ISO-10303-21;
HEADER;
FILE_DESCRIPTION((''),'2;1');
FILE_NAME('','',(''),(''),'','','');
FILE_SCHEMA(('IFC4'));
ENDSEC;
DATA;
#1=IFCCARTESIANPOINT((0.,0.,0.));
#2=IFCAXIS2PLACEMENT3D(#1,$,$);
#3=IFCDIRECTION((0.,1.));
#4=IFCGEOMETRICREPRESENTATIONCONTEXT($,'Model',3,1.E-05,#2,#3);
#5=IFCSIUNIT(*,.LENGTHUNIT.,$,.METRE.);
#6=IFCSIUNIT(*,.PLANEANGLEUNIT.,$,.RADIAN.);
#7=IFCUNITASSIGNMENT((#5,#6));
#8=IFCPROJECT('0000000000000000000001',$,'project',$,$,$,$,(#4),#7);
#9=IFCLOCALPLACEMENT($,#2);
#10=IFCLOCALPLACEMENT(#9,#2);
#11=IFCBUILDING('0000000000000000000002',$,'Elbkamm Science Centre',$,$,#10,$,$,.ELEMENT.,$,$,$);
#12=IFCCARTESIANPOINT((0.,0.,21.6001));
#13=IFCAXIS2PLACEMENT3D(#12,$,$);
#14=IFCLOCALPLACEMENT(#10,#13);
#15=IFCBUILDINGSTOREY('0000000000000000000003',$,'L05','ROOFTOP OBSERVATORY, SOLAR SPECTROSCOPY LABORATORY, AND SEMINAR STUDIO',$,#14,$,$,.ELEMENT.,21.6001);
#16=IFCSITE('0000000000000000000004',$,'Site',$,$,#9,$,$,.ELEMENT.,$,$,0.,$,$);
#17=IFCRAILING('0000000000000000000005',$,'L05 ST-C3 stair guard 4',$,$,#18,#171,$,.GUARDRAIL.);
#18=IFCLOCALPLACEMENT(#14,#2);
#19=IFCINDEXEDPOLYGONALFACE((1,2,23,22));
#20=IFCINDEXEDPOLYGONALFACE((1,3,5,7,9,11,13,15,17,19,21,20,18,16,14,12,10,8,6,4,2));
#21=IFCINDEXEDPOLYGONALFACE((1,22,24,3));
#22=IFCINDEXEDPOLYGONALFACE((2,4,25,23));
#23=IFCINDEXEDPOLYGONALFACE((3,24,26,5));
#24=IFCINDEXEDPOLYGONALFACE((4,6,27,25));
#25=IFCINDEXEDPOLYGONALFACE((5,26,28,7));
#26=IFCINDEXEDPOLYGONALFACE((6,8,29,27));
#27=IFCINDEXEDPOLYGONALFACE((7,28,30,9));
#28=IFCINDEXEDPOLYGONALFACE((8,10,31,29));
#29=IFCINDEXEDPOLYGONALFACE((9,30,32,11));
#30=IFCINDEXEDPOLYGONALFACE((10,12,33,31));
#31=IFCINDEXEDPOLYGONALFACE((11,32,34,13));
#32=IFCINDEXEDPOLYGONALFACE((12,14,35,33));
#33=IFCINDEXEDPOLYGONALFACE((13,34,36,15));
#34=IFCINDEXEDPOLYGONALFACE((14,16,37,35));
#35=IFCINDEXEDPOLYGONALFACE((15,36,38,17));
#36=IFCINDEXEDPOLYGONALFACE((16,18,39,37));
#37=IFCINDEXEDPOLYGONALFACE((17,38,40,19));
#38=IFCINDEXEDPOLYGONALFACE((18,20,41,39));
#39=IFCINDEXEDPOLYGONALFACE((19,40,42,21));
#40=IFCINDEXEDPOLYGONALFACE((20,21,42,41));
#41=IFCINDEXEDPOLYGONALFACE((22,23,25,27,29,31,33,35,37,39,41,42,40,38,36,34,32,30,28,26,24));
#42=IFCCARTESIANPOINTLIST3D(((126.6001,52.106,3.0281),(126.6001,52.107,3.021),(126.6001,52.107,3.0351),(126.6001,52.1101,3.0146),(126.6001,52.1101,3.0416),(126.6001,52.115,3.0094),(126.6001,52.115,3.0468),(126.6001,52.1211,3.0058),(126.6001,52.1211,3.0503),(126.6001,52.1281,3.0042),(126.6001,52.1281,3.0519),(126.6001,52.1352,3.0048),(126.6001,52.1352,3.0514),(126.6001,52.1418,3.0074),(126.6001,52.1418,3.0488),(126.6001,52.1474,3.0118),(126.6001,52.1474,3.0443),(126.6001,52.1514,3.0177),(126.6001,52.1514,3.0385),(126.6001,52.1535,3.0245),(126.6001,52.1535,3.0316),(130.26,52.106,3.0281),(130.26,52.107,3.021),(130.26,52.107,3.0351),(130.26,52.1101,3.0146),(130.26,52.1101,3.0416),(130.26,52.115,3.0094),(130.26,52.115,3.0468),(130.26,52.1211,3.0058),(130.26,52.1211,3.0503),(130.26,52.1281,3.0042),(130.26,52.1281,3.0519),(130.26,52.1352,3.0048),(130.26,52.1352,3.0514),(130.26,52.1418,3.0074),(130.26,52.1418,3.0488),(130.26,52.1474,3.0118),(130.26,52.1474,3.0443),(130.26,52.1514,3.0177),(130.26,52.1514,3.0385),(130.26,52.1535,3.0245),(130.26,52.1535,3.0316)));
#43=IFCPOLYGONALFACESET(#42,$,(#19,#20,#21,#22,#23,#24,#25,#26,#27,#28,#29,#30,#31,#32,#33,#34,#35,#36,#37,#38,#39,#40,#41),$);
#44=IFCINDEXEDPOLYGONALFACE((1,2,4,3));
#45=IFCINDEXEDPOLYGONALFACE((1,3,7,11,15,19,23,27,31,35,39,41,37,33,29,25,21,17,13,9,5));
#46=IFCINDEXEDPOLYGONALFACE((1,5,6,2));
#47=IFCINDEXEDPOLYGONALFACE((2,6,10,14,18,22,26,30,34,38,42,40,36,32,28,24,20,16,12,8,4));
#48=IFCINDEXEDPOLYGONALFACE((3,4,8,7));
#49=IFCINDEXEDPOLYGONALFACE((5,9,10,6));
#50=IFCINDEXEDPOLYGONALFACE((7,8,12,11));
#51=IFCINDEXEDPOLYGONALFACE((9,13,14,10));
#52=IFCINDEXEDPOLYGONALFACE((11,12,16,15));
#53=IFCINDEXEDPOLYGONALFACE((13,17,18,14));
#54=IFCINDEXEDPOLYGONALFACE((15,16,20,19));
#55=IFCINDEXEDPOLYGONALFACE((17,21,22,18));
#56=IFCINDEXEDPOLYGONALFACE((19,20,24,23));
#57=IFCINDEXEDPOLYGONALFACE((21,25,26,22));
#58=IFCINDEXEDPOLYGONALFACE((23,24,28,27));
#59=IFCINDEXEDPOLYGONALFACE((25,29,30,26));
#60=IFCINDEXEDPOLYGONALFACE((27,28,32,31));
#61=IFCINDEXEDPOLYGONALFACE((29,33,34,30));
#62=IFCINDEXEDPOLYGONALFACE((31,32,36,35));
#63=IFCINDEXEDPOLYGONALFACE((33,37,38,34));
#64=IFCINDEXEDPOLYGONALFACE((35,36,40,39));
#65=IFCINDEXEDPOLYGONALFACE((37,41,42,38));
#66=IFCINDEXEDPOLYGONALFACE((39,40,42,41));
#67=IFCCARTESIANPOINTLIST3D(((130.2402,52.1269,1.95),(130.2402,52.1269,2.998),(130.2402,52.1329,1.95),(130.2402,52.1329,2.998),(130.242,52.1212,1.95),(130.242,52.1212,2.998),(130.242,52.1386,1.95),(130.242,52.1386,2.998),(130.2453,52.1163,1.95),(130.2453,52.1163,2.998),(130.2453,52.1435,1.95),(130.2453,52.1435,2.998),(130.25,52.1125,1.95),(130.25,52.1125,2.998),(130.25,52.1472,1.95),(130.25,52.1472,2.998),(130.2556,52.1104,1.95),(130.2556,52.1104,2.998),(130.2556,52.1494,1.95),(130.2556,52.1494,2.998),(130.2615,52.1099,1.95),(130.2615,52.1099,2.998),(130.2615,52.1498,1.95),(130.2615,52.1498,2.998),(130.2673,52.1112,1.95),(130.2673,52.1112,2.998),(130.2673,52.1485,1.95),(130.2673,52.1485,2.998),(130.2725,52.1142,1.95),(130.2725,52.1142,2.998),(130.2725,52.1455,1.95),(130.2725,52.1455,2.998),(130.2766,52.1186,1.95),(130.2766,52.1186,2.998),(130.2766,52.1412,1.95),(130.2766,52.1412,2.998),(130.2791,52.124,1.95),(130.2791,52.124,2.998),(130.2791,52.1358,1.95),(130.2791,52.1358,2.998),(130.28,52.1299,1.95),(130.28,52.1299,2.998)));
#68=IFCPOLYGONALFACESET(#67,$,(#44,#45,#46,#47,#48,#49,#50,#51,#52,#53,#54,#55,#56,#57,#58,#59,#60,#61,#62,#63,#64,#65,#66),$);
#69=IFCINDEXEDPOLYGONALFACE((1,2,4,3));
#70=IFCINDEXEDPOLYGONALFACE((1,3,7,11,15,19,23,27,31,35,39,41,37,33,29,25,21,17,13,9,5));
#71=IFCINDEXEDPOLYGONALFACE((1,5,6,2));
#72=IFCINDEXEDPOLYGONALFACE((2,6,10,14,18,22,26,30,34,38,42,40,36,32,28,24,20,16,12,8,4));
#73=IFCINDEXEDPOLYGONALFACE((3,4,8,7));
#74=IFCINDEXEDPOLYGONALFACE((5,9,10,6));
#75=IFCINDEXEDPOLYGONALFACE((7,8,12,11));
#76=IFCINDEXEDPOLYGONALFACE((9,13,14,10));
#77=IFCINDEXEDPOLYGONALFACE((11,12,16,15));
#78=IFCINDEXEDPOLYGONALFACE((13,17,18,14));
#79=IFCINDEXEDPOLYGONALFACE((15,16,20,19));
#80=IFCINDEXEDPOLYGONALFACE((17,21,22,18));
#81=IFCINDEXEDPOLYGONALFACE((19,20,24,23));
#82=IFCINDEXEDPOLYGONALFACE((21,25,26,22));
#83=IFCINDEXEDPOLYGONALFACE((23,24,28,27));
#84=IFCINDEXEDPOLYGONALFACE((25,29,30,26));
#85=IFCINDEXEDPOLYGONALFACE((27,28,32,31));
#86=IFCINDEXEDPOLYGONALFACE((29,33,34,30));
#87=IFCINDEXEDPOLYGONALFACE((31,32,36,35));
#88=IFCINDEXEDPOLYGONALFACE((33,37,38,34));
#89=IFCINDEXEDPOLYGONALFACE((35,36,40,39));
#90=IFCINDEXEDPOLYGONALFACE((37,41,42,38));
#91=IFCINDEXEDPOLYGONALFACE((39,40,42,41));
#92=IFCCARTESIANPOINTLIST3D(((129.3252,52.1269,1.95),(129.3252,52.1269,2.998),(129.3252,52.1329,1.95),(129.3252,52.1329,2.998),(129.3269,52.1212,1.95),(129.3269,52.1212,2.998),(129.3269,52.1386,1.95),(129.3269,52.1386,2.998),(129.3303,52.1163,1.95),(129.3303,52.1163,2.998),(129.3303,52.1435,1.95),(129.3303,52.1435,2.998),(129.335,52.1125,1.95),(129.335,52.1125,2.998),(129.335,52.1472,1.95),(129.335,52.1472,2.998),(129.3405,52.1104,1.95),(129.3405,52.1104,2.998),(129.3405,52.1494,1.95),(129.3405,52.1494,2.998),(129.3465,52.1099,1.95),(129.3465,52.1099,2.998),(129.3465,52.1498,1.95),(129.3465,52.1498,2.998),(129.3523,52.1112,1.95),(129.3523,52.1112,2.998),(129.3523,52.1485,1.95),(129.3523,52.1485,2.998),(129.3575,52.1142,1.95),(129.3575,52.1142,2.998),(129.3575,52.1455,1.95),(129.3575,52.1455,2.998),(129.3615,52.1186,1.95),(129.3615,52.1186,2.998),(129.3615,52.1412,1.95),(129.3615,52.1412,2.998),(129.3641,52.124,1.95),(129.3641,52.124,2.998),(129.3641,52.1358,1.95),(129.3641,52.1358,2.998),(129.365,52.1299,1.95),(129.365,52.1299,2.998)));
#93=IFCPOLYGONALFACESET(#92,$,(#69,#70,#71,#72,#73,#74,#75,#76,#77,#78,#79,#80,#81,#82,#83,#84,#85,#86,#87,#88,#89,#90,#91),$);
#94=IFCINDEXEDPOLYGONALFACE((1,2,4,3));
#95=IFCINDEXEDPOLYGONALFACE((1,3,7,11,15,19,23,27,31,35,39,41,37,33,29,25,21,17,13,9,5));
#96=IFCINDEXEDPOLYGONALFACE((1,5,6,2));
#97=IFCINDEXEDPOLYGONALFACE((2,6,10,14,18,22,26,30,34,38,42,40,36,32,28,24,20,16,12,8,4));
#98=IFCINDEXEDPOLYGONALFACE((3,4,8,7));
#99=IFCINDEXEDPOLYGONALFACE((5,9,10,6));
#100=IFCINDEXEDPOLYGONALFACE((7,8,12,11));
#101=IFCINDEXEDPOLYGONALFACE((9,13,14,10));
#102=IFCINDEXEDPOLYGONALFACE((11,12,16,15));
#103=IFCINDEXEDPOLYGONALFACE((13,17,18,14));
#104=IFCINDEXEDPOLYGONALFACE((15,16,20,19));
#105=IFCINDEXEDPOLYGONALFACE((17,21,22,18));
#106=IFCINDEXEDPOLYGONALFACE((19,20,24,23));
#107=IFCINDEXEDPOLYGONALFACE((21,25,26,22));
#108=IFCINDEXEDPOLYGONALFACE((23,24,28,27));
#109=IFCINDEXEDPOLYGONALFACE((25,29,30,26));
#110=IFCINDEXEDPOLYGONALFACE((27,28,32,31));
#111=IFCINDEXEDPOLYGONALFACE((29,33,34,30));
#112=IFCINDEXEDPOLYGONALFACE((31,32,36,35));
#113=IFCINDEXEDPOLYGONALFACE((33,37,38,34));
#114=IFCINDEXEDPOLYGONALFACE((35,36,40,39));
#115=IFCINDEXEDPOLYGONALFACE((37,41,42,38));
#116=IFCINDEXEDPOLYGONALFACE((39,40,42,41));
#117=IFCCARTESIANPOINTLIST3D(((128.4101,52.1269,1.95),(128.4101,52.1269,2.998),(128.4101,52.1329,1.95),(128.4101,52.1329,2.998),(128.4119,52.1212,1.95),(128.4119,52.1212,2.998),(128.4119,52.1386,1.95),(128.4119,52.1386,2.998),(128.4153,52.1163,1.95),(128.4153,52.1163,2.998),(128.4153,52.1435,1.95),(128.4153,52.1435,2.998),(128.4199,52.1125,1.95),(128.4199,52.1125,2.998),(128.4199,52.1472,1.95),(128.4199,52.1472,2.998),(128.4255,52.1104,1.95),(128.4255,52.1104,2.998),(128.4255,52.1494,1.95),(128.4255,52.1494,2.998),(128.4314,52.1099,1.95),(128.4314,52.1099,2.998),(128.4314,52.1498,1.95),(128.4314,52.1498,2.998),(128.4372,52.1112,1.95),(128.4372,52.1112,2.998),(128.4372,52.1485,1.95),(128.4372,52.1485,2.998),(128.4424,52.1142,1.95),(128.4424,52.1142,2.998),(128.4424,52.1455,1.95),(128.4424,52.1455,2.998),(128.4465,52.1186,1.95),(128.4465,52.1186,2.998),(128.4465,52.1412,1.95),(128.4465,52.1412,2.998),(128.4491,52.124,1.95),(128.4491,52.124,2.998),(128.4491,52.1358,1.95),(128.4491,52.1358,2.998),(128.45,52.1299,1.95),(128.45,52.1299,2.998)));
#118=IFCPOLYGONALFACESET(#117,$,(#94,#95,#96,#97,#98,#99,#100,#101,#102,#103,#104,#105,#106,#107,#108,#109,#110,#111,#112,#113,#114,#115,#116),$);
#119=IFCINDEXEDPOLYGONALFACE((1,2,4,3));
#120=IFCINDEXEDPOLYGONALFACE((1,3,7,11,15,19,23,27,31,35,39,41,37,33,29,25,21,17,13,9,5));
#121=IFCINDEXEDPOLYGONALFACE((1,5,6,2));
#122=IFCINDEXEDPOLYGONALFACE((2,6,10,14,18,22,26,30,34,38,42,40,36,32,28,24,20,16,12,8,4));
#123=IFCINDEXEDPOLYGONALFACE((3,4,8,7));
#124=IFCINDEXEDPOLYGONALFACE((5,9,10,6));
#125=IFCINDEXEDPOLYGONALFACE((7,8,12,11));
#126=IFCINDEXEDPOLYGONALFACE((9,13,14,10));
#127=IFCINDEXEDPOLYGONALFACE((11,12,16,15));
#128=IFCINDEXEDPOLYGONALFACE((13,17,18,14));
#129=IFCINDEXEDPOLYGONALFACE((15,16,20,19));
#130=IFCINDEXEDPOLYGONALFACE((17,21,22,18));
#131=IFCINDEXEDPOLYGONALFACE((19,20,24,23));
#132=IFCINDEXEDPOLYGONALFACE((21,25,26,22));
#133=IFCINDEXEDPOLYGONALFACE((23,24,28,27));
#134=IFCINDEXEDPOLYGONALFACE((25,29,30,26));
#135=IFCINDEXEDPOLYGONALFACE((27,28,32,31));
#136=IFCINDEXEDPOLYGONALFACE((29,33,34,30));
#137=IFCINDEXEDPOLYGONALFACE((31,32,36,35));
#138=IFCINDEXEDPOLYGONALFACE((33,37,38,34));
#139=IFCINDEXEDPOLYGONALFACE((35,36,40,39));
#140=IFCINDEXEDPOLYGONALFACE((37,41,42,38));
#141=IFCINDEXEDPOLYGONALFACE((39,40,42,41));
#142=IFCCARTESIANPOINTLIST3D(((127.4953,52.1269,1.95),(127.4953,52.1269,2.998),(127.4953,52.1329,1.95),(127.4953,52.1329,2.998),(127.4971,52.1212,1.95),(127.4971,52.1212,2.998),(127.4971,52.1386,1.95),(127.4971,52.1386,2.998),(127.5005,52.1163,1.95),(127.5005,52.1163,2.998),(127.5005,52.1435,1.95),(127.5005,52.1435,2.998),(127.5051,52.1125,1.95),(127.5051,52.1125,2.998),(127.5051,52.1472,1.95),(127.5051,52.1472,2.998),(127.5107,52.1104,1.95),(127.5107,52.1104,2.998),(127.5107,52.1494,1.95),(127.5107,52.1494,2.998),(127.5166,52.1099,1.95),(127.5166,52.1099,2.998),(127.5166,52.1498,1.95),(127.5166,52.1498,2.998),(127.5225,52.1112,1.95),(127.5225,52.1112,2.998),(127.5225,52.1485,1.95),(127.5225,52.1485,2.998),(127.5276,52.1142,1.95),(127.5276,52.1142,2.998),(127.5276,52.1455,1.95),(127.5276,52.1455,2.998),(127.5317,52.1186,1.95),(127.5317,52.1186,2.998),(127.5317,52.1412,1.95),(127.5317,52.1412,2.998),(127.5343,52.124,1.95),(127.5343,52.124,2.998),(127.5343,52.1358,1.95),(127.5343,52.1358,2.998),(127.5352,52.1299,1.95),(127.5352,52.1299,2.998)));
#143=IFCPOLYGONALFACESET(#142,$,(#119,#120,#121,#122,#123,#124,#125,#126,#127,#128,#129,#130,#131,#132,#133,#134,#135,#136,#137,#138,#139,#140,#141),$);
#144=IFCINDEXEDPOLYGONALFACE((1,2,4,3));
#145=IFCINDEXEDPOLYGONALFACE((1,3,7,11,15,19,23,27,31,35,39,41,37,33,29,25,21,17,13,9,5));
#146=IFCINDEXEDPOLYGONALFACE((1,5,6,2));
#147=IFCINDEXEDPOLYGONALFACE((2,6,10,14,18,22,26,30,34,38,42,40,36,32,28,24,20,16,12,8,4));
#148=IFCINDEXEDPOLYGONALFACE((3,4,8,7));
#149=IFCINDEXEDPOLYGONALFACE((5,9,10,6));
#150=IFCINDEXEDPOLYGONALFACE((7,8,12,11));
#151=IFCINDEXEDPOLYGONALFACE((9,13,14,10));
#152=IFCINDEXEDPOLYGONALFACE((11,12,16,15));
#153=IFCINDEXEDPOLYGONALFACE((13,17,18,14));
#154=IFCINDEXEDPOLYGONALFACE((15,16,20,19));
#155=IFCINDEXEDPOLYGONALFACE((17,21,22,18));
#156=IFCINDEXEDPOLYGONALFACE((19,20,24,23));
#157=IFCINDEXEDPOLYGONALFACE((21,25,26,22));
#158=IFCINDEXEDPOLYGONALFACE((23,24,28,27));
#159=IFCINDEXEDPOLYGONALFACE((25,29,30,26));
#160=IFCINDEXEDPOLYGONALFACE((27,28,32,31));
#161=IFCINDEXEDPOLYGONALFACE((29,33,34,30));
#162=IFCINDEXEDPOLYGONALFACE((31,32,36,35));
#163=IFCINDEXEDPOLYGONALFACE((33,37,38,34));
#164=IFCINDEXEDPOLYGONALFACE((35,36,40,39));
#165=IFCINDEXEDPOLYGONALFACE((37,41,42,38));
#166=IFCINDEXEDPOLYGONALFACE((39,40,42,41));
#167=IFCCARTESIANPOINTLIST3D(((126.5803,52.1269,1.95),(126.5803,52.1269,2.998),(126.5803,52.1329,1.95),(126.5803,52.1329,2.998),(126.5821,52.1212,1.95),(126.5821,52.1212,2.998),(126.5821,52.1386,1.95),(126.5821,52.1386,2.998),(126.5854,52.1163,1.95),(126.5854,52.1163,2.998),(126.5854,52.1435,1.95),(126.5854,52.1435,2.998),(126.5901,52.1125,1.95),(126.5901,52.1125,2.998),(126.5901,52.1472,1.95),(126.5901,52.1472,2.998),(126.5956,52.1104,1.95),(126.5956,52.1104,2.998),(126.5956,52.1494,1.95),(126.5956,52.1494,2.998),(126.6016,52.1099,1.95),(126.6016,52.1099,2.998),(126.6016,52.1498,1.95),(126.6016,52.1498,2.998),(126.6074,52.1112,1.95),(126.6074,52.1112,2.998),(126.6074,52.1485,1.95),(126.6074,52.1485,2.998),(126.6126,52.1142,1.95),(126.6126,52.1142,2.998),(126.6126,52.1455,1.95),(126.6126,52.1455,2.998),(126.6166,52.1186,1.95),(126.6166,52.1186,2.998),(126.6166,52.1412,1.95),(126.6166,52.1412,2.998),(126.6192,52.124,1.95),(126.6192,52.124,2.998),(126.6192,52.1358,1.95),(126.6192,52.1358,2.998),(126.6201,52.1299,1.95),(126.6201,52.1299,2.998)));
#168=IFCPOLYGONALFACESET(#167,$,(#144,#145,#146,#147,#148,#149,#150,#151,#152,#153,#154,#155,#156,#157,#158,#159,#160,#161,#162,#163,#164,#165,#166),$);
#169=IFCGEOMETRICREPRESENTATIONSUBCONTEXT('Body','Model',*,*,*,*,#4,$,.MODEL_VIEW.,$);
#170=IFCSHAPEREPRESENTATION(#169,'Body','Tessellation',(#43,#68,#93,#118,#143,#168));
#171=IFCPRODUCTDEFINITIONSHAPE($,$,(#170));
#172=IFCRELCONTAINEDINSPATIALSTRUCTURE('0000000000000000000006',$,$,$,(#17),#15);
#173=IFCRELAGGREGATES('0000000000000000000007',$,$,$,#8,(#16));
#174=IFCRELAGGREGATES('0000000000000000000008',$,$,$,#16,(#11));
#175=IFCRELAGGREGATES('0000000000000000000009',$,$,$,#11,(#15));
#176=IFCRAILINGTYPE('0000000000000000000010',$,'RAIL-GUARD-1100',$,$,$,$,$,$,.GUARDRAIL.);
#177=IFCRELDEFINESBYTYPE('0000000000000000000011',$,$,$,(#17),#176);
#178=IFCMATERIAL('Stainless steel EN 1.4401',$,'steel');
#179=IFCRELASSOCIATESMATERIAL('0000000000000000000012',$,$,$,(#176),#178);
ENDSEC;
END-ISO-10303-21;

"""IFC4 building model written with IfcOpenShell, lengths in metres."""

from ifc_helpers import new_model, si_unit, direction, frame, origin, origin_2d, place, context, subcontext, project, spatial, circle, extrude, material, type_object, element, save


model = new_model("IFC4")

# Units and contexts
model_context = context("Model", 3, precision=1e-05, world=origin(), true_north=direction((0.0, 1.0)))
body_context = subcontext(model_context, "Body", "Model", "MODEL_VIEW")
ifc_project = project(units=[si_unit("LENGTHUNIT", "METRE"), si_unit("PLANEANGLEUNIT", "RADIAN")], contexts=[model_context])

# Site, building, storey
site_placement = place(None, origin())
site = spatial("IfcSite", under=ifc_project, at=site_placement, Name="Site", CompositionType="ELEMENT", RefElevation=0.0)
building_placement = place(site_placement, origin())
building = spatial("IfcBuilding", under=site, at=building_placement, Name="Elbkamm Science Centre", CompositionType="ELEMENT")
storey_placement = place(building_placement, frame((0.0, 0.0, 21.6001)))
storey = spatial("IfcBuildingStorey", under=building, at=storey_placement, Name="L05", Description="ROOFTOP OBSERVATORY, SOLAR SPECTROSCOPY LABORATORY, AND SEMINAR STUDIO", CompositionType="ELEMENT", Elevation=21.6001)

# Railing
ifc_material_1 = material(Name="Stainless steel EN 1.4401", Category="steel")
railing_type_1 = type_object("IfcRailingType", Name="RAIL-GUARD-1100", PredefinedType="GUARDRAIL", material=ifc_material_1)
for number, where, name in (
    (1, (130.26, 52.1299, 1.95), "L05 ST-C3 stair guard 4"),
):
    element("IfcRailing", number, at=place(storey_placement, frame(where)), inside=storey, type_object=railing_type_1, Name=name, PredefinedType="GUARDRAIL", context=body_context, shape_type="SweptSolid", body=[
        extrude(circle(Radius=0.0239, at=origin_2d()), frame((0.0, 0.0, 1.0781), z_axis=(-1.0, 0.0, 0.0), x_axis=(0.0, -1.0, 0.0)), (0.0, 0.0, 1.0), 3.6599),
        extrude(circle(Radius=0.02, at=origin_2d()), origin(), (0.0, 0.0, 1.0), 1.0481),
        extrude(circle(Radius=0.02, at=origin_2d()), frame((-0.915, 0.0, 0.0)), (0.0, 0.0, 1.0), 1.0481),
        extrude(circle(Radius=0.02, at=origin_2d()), frame((-1.8301, 0.0, 0.0)), (0.0, 0.0, 1.0), 1.0481),
        extrude(circle(Radius=0.02, at=origin_2d()), frame((-2.7449, 0.0, 0.0)), (0.0, 0.0, 1.0), 1.0481),
        extrude(circle(Radius=0.02, at=origin_2d()), frame((-3.6599, 0.0, 0.0)), (0.0, 0.0, 1.0), 1.0481),
    ])

save(model, "model.ifc")
